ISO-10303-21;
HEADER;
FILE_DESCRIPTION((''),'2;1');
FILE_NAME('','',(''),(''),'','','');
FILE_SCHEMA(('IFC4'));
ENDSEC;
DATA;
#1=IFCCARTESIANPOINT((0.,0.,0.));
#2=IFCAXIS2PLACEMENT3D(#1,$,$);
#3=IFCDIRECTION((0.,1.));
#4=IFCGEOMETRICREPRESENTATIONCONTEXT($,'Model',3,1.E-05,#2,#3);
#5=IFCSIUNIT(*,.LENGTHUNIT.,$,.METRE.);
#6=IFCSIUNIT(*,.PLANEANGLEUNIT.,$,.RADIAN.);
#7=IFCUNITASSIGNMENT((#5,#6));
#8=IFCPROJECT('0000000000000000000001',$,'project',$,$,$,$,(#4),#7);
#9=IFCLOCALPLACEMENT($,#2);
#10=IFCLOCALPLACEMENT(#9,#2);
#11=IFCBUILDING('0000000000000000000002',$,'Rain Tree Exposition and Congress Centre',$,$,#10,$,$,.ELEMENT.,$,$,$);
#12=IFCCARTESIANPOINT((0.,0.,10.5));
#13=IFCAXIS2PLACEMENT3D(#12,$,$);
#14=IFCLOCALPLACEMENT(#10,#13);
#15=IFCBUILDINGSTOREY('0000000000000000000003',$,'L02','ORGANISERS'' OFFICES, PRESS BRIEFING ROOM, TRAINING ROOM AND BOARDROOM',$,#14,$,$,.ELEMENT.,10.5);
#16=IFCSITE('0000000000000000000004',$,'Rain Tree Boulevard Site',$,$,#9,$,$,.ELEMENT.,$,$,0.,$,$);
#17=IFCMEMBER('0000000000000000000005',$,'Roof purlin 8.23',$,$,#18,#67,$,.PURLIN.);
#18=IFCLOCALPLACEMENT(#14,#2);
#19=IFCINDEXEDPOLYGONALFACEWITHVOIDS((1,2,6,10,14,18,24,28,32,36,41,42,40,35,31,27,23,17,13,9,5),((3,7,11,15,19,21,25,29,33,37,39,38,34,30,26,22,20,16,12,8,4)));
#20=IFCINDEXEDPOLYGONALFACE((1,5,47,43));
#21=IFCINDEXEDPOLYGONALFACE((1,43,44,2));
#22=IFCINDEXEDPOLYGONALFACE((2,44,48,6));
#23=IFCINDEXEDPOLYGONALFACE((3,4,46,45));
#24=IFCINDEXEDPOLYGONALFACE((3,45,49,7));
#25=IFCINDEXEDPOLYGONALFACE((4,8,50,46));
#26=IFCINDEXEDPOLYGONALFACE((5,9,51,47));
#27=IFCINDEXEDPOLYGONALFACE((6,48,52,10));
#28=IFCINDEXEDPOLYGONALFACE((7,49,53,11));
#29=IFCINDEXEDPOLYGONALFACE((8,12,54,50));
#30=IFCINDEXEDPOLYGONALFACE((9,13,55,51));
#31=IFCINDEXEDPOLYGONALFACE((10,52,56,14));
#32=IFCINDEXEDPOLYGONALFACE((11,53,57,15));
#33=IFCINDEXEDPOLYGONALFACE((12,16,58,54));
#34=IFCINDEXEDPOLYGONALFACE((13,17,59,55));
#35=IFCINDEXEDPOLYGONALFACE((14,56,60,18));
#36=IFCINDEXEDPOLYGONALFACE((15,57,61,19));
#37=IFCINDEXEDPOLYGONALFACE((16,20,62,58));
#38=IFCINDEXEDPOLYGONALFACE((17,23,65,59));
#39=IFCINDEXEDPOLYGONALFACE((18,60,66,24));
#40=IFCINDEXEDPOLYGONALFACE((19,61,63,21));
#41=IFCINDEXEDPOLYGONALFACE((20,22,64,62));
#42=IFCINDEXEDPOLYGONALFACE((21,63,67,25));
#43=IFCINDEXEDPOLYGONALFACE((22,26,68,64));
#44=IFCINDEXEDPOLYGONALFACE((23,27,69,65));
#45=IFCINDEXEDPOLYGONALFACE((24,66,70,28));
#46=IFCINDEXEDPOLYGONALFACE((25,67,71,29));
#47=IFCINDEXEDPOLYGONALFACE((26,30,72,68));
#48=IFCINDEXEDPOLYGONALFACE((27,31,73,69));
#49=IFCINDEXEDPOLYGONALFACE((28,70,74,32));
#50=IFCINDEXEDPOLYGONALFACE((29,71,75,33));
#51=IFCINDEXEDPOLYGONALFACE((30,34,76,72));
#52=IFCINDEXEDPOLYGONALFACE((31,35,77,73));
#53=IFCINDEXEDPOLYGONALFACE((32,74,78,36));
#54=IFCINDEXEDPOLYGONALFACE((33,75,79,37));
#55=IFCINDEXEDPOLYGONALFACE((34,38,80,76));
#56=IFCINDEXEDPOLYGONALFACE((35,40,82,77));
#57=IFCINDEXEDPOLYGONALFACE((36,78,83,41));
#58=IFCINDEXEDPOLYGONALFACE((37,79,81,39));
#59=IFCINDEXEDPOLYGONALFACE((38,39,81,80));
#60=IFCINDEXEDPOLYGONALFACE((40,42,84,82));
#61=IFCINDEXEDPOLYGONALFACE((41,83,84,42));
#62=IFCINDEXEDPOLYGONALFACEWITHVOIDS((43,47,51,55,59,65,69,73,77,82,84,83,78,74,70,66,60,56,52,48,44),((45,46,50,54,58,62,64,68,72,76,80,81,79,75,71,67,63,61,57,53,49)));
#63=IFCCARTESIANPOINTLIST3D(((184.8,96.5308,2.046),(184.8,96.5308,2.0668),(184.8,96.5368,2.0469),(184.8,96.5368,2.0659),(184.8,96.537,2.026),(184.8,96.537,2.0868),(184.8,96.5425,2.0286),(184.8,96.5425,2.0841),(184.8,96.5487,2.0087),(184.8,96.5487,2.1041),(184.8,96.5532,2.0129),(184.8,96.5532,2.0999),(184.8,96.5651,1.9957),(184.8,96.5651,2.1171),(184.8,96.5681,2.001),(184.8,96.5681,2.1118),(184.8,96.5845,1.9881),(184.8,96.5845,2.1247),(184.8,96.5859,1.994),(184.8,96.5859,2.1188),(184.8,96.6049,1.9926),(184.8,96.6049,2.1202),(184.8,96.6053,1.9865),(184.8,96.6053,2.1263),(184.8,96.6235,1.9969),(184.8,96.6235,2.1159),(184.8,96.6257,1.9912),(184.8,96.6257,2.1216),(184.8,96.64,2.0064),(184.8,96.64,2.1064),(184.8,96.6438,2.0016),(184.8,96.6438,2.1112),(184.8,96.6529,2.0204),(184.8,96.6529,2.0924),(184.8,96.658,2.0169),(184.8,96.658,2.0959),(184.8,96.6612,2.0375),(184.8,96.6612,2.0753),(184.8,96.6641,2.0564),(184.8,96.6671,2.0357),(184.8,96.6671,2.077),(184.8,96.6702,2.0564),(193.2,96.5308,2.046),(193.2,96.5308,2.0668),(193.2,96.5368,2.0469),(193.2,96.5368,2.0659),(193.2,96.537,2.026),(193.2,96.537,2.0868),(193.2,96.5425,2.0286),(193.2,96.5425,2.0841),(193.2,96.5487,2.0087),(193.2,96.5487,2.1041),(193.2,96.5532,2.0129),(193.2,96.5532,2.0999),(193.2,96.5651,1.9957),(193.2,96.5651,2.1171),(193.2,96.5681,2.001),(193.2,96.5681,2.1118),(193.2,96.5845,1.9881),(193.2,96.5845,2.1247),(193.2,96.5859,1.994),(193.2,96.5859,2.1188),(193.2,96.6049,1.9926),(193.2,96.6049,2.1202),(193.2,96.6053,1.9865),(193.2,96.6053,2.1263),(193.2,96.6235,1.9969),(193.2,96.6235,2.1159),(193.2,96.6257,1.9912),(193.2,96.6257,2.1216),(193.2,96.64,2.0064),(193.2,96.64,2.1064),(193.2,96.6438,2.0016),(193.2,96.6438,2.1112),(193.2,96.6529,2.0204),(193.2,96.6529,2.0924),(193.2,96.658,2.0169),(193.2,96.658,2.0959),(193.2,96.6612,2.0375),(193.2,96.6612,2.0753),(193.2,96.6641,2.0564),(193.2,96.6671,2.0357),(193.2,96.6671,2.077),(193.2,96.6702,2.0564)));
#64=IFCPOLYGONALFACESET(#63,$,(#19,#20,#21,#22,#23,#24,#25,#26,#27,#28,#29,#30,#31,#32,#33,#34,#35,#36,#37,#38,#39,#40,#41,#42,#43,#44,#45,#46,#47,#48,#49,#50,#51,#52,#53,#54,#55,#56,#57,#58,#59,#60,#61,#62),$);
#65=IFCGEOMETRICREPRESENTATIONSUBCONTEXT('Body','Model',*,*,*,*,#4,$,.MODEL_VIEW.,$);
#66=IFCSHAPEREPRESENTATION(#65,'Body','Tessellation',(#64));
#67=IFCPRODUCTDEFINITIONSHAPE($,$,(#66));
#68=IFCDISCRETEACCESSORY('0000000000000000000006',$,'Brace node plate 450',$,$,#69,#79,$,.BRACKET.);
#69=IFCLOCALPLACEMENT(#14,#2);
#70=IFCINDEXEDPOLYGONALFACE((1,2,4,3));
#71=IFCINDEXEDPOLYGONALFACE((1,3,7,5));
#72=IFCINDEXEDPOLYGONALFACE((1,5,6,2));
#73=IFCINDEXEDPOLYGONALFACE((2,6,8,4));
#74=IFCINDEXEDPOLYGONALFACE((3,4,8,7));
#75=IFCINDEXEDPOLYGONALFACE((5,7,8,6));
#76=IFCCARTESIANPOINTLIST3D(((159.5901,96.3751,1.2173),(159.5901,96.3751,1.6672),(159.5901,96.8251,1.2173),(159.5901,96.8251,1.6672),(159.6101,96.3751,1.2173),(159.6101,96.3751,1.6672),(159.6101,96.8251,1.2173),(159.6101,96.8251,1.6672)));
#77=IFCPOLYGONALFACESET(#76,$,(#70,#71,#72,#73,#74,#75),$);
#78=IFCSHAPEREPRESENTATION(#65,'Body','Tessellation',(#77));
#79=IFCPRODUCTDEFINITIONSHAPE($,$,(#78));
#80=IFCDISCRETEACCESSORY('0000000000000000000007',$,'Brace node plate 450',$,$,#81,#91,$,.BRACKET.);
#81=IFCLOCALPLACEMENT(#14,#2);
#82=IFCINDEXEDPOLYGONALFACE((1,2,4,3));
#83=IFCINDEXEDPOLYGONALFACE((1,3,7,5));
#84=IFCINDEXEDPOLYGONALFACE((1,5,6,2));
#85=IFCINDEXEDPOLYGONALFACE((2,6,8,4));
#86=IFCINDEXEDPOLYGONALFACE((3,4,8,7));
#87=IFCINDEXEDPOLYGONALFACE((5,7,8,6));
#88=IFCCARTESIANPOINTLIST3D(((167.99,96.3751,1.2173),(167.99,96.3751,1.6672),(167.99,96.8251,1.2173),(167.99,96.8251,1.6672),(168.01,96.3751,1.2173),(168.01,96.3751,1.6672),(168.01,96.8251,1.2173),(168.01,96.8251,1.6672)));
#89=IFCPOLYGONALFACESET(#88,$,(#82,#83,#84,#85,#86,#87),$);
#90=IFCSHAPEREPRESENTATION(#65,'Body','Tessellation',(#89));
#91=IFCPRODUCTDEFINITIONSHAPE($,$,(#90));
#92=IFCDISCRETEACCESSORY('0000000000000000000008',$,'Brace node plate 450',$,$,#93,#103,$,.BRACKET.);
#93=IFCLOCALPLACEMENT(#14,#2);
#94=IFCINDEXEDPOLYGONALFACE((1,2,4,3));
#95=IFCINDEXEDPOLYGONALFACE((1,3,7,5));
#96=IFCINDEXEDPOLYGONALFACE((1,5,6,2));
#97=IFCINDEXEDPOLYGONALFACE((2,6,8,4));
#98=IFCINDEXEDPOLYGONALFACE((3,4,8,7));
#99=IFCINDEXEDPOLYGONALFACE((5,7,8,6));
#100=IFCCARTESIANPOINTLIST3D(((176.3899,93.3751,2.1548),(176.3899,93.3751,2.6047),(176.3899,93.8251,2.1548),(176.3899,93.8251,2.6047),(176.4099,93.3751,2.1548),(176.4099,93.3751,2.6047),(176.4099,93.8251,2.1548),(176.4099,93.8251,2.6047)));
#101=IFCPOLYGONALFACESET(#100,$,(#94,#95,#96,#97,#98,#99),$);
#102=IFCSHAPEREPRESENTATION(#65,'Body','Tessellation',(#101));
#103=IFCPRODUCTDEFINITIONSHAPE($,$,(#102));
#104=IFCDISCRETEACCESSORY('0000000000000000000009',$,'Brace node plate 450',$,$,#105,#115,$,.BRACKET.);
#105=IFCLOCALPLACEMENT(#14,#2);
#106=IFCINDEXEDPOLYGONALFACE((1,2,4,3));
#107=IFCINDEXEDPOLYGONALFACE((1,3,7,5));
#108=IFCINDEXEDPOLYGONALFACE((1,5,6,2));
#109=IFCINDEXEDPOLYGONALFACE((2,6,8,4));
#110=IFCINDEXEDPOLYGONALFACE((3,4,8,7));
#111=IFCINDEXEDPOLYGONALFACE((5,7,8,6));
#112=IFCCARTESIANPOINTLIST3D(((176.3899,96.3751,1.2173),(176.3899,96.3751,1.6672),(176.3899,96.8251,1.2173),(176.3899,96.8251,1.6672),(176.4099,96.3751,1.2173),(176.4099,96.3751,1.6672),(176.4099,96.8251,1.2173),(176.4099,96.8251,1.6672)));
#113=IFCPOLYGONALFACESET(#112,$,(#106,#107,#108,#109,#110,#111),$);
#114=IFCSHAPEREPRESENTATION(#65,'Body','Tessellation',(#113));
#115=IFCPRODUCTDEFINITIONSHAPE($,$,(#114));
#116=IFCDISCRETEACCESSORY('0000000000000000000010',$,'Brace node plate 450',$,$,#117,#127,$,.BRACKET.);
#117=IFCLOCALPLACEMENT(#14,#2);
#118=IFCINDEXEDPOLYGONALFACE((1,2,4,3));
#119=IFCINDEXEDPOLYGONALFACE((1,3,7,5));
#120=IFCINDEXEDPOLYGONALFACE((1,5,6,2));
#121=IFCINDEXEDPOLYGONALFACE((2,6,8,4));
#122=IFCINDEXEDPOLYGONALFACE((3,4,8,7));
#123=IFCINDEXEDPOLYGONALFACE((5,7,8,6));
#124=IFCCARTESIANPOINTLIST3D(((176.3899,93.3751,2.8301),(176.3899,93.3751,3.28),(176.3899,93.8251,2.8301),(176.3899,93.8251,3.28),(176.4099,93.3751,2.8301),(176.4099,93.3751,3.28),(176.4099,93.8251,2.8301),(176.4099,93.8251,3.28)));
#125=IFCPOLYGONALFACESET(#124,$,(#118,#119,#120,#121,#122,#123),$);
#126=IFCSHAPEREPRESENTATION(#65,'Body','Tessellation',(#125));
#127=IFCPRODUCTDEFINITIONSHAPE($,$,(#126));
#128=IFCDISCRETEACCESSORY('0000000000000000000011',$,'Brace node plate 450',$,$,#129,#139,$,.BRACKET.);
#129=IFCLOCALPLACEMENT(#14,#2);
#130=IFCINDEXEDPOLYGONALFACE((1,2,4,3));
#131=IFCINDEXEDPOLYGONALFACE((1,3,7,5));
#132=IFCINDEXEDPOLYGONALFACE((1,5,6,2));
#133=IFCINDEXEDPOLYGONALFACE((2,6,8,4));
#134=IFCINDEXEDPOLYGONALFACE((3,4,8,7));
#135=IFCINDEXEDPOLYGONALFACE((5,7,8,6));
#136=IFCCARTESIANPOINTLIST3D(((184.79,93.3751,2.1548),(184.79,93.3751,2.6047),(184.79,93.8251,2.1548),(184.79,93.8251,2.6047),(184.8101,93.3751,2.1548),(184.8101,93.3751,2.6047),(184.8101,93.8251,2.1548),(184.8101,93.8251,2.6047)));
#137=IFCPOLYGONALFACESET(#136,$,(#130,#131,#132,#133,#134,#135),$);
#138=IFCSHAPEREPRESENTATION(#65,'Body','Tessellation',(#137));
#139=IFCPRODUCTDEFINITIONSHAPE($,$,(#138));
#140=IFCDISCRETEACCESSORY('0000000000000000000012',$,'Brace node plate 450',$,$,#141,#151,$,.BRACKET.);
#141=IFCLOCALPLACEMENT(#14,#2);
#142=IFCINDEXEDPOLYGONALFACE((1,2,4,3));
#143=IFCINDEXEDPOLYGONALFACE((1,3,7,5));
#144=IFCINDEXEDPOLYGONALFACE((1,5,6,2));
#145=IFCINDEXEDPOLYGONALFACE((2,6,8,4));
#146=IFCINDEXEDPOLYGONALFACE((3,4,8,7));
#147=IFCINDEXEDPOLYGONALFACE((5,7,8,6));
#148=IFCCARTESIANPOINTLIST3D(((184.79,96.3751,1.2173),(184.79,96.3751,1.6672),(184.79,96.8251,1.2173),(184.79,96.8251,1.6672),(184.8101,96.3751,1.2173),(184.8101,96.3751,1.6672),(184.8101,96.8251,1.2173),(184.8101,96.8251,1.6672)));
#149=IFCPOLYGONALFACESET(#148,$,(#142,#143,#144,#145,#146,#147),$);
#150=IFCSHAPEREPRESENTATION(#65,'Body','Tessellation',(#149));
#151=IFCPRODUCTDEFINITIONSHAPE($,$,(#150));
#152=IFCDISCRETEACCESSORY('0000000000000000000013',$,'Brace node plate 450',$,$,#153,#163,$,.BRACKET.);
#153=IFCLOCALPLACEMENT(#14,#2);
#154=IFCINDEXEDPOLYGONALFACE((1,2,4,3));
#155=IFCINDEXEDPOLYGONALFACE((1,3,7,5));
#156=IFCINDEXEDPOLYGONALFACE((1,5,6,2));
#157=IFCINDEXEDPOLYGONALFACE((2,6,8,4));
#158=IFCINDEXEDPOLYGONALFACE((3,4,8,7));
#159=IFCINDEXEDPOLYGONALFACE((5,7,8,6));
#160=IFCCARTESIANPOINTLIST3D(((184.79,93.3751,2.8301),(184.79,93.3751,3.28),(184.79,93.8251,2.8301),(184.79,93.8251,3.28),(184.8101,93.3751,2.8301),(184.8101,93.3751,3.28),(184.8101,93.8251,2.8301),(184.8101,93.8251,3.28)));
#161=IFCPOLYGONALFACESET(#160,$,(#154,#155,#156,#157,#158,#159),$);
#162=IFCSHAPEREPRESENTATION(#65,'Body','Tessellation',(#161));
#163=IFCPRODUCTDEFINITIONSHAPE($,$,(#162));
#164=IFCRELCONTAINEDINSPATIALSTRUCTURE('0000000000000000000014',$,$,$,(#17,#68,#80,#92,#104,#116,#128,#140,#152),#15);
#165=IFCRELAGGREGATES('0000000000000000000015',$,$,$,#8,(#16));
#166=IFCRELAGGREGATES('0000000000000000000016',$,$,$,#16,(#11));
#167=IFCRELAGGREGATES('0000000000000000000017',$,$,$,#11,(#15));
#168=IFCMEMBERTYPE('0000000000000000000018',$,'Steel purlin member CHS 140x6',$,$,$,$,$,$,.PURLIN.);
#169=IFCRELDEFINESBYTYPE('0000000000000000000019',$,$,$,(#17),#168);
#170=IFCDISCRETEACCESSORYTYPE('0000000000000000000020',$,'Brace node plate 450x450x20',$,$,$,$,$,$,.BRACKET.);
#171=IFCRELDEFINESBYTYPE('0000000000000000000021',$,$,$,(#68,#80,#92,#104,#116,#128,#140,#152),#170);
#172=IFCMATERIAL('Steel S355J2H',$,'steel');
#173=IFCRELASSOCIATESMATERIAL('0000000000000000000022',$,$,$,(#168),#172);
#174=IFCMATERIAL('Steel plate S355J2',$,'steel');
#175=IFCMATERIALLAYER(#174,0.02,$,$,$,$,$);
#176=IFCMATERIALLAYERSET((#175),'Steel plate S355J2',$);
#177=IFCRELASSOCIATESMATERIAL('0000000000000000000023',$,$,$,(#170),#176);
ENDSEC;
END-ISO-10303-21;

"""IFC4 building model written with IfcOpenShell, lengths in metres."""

from ifc_helpers import new_model, si_unit, direction, frame, origin, origin_2d, place, context, subcontext, project, spatial, rectangle, hollow_circle, extrude, material, layer, layer_set, material_profile, profile_set, type_object, element, save


model = new_model("IFC4")

# Units and contexts
model_context = context("Model", 3, precision=1e-05, world=origin(), true_north=direction((0.0, 1.0)))
body_context = subcontext(model_context, "Body", "Model", "MODEL_VIEW")
ifc_project = project(units=[si_unit("LENGTHUNIT", "METRE"), si_unit("PLANEANGLEUNIT", "RADIAN")], contexts=[model_context])

# Site, building, storey
site_placement = place(None, origin())
site = spatial("IfcSite", under=ifc_project, at=site_placement, Name="Rain Tree Boulevard Site", CompositionType="ELEMENT", RefElevation=0.0)
building_placement = place(site_placement, origin())
building = spatial("IfcBuilding", under=site, at=building_placement, Name="Rain Tree Exposition and Congress Centre", CompositionType="ELEMENT")
storey_placement = place(building_placement, frame((0.0, 0.0, 10.5)))
storey = spatial("IfcBuildingStorey", under=building, at=storey_placement, Name="L02", Description="ORGANISERS' OFFICES, PRESS BRIEFING ROOM, TRAINING ROOM AND BOARDROOM", CompositionType="ELEMENT", Elevation=10.5)

# Member
ifc_material_1 = material(Name="Steel S355J2H", Category="steel")
ifc_material_profile_1 = material_profile(ifc_material_1, hollow_circle(Radius=0.0701, WallThickness=0.0061, at=origin_2d()), Name="CHS 140x6")
ifc_profile_set_1 = profile_set([ifc_material_profile_1], Name="Steel S355J2H")
member_type_1 = type_object("IfcMemberType", Name="Steel purlin member CHS 140x6", PredefinedType="PURLIN", material=ifc_profile_set_1)
member_1_placement = place(storey_placement, frame((184.8, 96.6001, 2.0564), z_axis=(1.0, 0.0, 0.0), x_axis=(0.0, 1.0, 0.0)))
element("IfcMember", 1, at=member_1_placement, inside=storey, type_object=member_type_1, Name="Roof purlin 8.23", PredefinedType="PURLIN", context=body_context, shape_type="SweptSolid", body=[
    extrude(hollow_circle(Radius=0.0701, WallThickness=0.0061, at=origin_2d()), origin(), (0.0, 0.0, 1.0), 8.3999),
])

# Discrete accessories
ifc_material_2 = material(Name="Steel plate S355J2", Category="steel")
ifc_layer = layer(ifc_material_2, 0.02)
ifc_layer_set = layer_set([ifc_layer], Name="Steel plate S355J2")
discrete_accessory_type = type_object("IfcDiscreteAccessoryType", Name="Brace node plate 450x450x20", PredefinedType="BRACKET", material=ifc_layer_set)
for number, where, z_axis, x_axis, name in (
    (2, (159.6001, 96.6001, 1.2173), (0.0, 0.0, 1.0), (0.0, -1.0, 0.0), "Brace node plate 450"),
    (3, (168.0, 96.6001, 1.2173), (0.0, 0.0, 1.0), (0.0, -1.0, 0.0), "Brace node plate 450"),
    (4, (176.3999, 93.6001, 2.1548), (0.0, 0.0, 1.0), (0.0, -1.0, 0.0), "Brace node plate 450"),
    (5, (176.3999, 96.6001, 1.2173), (0.0, 0.0, 1.0), (0.0, -1.0, 0.0), "Brace node plate 450"),
    (6, (176.3999, 93.6001, 2.8301), (0.0, 0.0, 1.0), (0.0, 1.0, 0.0), "Brace node plate 450"),
    (7, (184.8, 93.6001, 2.1548), (0.0, 0.0, 1.0), (0.0, -1.0, 0.0), "Brace node plate 450"),
    (8, (184.8, 96.6001, 1.2173), (0.0, 0.0, 1.0), (0.0, -1.0, 0.0), "Brace node plate 450"),
    (9, (184.8, 93.6001, 2.8301), (0.0, 0.0, 1.0), (0.0, 1.0, 0.0), "Brace node plate 450"),
):
    element("IfcDiscreteAccessory", number, at=place(storey_placement, frame(where, z_axis=z_axis, x_axis=x_axis)), inside=storey, type_object=discrete_accessory_type, Name=name, PredefinedType="BRACKET", context=body_context, shape_type="SweptSolid", body=[
        extrude(rectangle(XDim=0.45, YDim=0.02, at=origin_2d()), origin(), (0.0, 0.0, 1.0), 0.45),
    ])

save(model, "model.ifc")
